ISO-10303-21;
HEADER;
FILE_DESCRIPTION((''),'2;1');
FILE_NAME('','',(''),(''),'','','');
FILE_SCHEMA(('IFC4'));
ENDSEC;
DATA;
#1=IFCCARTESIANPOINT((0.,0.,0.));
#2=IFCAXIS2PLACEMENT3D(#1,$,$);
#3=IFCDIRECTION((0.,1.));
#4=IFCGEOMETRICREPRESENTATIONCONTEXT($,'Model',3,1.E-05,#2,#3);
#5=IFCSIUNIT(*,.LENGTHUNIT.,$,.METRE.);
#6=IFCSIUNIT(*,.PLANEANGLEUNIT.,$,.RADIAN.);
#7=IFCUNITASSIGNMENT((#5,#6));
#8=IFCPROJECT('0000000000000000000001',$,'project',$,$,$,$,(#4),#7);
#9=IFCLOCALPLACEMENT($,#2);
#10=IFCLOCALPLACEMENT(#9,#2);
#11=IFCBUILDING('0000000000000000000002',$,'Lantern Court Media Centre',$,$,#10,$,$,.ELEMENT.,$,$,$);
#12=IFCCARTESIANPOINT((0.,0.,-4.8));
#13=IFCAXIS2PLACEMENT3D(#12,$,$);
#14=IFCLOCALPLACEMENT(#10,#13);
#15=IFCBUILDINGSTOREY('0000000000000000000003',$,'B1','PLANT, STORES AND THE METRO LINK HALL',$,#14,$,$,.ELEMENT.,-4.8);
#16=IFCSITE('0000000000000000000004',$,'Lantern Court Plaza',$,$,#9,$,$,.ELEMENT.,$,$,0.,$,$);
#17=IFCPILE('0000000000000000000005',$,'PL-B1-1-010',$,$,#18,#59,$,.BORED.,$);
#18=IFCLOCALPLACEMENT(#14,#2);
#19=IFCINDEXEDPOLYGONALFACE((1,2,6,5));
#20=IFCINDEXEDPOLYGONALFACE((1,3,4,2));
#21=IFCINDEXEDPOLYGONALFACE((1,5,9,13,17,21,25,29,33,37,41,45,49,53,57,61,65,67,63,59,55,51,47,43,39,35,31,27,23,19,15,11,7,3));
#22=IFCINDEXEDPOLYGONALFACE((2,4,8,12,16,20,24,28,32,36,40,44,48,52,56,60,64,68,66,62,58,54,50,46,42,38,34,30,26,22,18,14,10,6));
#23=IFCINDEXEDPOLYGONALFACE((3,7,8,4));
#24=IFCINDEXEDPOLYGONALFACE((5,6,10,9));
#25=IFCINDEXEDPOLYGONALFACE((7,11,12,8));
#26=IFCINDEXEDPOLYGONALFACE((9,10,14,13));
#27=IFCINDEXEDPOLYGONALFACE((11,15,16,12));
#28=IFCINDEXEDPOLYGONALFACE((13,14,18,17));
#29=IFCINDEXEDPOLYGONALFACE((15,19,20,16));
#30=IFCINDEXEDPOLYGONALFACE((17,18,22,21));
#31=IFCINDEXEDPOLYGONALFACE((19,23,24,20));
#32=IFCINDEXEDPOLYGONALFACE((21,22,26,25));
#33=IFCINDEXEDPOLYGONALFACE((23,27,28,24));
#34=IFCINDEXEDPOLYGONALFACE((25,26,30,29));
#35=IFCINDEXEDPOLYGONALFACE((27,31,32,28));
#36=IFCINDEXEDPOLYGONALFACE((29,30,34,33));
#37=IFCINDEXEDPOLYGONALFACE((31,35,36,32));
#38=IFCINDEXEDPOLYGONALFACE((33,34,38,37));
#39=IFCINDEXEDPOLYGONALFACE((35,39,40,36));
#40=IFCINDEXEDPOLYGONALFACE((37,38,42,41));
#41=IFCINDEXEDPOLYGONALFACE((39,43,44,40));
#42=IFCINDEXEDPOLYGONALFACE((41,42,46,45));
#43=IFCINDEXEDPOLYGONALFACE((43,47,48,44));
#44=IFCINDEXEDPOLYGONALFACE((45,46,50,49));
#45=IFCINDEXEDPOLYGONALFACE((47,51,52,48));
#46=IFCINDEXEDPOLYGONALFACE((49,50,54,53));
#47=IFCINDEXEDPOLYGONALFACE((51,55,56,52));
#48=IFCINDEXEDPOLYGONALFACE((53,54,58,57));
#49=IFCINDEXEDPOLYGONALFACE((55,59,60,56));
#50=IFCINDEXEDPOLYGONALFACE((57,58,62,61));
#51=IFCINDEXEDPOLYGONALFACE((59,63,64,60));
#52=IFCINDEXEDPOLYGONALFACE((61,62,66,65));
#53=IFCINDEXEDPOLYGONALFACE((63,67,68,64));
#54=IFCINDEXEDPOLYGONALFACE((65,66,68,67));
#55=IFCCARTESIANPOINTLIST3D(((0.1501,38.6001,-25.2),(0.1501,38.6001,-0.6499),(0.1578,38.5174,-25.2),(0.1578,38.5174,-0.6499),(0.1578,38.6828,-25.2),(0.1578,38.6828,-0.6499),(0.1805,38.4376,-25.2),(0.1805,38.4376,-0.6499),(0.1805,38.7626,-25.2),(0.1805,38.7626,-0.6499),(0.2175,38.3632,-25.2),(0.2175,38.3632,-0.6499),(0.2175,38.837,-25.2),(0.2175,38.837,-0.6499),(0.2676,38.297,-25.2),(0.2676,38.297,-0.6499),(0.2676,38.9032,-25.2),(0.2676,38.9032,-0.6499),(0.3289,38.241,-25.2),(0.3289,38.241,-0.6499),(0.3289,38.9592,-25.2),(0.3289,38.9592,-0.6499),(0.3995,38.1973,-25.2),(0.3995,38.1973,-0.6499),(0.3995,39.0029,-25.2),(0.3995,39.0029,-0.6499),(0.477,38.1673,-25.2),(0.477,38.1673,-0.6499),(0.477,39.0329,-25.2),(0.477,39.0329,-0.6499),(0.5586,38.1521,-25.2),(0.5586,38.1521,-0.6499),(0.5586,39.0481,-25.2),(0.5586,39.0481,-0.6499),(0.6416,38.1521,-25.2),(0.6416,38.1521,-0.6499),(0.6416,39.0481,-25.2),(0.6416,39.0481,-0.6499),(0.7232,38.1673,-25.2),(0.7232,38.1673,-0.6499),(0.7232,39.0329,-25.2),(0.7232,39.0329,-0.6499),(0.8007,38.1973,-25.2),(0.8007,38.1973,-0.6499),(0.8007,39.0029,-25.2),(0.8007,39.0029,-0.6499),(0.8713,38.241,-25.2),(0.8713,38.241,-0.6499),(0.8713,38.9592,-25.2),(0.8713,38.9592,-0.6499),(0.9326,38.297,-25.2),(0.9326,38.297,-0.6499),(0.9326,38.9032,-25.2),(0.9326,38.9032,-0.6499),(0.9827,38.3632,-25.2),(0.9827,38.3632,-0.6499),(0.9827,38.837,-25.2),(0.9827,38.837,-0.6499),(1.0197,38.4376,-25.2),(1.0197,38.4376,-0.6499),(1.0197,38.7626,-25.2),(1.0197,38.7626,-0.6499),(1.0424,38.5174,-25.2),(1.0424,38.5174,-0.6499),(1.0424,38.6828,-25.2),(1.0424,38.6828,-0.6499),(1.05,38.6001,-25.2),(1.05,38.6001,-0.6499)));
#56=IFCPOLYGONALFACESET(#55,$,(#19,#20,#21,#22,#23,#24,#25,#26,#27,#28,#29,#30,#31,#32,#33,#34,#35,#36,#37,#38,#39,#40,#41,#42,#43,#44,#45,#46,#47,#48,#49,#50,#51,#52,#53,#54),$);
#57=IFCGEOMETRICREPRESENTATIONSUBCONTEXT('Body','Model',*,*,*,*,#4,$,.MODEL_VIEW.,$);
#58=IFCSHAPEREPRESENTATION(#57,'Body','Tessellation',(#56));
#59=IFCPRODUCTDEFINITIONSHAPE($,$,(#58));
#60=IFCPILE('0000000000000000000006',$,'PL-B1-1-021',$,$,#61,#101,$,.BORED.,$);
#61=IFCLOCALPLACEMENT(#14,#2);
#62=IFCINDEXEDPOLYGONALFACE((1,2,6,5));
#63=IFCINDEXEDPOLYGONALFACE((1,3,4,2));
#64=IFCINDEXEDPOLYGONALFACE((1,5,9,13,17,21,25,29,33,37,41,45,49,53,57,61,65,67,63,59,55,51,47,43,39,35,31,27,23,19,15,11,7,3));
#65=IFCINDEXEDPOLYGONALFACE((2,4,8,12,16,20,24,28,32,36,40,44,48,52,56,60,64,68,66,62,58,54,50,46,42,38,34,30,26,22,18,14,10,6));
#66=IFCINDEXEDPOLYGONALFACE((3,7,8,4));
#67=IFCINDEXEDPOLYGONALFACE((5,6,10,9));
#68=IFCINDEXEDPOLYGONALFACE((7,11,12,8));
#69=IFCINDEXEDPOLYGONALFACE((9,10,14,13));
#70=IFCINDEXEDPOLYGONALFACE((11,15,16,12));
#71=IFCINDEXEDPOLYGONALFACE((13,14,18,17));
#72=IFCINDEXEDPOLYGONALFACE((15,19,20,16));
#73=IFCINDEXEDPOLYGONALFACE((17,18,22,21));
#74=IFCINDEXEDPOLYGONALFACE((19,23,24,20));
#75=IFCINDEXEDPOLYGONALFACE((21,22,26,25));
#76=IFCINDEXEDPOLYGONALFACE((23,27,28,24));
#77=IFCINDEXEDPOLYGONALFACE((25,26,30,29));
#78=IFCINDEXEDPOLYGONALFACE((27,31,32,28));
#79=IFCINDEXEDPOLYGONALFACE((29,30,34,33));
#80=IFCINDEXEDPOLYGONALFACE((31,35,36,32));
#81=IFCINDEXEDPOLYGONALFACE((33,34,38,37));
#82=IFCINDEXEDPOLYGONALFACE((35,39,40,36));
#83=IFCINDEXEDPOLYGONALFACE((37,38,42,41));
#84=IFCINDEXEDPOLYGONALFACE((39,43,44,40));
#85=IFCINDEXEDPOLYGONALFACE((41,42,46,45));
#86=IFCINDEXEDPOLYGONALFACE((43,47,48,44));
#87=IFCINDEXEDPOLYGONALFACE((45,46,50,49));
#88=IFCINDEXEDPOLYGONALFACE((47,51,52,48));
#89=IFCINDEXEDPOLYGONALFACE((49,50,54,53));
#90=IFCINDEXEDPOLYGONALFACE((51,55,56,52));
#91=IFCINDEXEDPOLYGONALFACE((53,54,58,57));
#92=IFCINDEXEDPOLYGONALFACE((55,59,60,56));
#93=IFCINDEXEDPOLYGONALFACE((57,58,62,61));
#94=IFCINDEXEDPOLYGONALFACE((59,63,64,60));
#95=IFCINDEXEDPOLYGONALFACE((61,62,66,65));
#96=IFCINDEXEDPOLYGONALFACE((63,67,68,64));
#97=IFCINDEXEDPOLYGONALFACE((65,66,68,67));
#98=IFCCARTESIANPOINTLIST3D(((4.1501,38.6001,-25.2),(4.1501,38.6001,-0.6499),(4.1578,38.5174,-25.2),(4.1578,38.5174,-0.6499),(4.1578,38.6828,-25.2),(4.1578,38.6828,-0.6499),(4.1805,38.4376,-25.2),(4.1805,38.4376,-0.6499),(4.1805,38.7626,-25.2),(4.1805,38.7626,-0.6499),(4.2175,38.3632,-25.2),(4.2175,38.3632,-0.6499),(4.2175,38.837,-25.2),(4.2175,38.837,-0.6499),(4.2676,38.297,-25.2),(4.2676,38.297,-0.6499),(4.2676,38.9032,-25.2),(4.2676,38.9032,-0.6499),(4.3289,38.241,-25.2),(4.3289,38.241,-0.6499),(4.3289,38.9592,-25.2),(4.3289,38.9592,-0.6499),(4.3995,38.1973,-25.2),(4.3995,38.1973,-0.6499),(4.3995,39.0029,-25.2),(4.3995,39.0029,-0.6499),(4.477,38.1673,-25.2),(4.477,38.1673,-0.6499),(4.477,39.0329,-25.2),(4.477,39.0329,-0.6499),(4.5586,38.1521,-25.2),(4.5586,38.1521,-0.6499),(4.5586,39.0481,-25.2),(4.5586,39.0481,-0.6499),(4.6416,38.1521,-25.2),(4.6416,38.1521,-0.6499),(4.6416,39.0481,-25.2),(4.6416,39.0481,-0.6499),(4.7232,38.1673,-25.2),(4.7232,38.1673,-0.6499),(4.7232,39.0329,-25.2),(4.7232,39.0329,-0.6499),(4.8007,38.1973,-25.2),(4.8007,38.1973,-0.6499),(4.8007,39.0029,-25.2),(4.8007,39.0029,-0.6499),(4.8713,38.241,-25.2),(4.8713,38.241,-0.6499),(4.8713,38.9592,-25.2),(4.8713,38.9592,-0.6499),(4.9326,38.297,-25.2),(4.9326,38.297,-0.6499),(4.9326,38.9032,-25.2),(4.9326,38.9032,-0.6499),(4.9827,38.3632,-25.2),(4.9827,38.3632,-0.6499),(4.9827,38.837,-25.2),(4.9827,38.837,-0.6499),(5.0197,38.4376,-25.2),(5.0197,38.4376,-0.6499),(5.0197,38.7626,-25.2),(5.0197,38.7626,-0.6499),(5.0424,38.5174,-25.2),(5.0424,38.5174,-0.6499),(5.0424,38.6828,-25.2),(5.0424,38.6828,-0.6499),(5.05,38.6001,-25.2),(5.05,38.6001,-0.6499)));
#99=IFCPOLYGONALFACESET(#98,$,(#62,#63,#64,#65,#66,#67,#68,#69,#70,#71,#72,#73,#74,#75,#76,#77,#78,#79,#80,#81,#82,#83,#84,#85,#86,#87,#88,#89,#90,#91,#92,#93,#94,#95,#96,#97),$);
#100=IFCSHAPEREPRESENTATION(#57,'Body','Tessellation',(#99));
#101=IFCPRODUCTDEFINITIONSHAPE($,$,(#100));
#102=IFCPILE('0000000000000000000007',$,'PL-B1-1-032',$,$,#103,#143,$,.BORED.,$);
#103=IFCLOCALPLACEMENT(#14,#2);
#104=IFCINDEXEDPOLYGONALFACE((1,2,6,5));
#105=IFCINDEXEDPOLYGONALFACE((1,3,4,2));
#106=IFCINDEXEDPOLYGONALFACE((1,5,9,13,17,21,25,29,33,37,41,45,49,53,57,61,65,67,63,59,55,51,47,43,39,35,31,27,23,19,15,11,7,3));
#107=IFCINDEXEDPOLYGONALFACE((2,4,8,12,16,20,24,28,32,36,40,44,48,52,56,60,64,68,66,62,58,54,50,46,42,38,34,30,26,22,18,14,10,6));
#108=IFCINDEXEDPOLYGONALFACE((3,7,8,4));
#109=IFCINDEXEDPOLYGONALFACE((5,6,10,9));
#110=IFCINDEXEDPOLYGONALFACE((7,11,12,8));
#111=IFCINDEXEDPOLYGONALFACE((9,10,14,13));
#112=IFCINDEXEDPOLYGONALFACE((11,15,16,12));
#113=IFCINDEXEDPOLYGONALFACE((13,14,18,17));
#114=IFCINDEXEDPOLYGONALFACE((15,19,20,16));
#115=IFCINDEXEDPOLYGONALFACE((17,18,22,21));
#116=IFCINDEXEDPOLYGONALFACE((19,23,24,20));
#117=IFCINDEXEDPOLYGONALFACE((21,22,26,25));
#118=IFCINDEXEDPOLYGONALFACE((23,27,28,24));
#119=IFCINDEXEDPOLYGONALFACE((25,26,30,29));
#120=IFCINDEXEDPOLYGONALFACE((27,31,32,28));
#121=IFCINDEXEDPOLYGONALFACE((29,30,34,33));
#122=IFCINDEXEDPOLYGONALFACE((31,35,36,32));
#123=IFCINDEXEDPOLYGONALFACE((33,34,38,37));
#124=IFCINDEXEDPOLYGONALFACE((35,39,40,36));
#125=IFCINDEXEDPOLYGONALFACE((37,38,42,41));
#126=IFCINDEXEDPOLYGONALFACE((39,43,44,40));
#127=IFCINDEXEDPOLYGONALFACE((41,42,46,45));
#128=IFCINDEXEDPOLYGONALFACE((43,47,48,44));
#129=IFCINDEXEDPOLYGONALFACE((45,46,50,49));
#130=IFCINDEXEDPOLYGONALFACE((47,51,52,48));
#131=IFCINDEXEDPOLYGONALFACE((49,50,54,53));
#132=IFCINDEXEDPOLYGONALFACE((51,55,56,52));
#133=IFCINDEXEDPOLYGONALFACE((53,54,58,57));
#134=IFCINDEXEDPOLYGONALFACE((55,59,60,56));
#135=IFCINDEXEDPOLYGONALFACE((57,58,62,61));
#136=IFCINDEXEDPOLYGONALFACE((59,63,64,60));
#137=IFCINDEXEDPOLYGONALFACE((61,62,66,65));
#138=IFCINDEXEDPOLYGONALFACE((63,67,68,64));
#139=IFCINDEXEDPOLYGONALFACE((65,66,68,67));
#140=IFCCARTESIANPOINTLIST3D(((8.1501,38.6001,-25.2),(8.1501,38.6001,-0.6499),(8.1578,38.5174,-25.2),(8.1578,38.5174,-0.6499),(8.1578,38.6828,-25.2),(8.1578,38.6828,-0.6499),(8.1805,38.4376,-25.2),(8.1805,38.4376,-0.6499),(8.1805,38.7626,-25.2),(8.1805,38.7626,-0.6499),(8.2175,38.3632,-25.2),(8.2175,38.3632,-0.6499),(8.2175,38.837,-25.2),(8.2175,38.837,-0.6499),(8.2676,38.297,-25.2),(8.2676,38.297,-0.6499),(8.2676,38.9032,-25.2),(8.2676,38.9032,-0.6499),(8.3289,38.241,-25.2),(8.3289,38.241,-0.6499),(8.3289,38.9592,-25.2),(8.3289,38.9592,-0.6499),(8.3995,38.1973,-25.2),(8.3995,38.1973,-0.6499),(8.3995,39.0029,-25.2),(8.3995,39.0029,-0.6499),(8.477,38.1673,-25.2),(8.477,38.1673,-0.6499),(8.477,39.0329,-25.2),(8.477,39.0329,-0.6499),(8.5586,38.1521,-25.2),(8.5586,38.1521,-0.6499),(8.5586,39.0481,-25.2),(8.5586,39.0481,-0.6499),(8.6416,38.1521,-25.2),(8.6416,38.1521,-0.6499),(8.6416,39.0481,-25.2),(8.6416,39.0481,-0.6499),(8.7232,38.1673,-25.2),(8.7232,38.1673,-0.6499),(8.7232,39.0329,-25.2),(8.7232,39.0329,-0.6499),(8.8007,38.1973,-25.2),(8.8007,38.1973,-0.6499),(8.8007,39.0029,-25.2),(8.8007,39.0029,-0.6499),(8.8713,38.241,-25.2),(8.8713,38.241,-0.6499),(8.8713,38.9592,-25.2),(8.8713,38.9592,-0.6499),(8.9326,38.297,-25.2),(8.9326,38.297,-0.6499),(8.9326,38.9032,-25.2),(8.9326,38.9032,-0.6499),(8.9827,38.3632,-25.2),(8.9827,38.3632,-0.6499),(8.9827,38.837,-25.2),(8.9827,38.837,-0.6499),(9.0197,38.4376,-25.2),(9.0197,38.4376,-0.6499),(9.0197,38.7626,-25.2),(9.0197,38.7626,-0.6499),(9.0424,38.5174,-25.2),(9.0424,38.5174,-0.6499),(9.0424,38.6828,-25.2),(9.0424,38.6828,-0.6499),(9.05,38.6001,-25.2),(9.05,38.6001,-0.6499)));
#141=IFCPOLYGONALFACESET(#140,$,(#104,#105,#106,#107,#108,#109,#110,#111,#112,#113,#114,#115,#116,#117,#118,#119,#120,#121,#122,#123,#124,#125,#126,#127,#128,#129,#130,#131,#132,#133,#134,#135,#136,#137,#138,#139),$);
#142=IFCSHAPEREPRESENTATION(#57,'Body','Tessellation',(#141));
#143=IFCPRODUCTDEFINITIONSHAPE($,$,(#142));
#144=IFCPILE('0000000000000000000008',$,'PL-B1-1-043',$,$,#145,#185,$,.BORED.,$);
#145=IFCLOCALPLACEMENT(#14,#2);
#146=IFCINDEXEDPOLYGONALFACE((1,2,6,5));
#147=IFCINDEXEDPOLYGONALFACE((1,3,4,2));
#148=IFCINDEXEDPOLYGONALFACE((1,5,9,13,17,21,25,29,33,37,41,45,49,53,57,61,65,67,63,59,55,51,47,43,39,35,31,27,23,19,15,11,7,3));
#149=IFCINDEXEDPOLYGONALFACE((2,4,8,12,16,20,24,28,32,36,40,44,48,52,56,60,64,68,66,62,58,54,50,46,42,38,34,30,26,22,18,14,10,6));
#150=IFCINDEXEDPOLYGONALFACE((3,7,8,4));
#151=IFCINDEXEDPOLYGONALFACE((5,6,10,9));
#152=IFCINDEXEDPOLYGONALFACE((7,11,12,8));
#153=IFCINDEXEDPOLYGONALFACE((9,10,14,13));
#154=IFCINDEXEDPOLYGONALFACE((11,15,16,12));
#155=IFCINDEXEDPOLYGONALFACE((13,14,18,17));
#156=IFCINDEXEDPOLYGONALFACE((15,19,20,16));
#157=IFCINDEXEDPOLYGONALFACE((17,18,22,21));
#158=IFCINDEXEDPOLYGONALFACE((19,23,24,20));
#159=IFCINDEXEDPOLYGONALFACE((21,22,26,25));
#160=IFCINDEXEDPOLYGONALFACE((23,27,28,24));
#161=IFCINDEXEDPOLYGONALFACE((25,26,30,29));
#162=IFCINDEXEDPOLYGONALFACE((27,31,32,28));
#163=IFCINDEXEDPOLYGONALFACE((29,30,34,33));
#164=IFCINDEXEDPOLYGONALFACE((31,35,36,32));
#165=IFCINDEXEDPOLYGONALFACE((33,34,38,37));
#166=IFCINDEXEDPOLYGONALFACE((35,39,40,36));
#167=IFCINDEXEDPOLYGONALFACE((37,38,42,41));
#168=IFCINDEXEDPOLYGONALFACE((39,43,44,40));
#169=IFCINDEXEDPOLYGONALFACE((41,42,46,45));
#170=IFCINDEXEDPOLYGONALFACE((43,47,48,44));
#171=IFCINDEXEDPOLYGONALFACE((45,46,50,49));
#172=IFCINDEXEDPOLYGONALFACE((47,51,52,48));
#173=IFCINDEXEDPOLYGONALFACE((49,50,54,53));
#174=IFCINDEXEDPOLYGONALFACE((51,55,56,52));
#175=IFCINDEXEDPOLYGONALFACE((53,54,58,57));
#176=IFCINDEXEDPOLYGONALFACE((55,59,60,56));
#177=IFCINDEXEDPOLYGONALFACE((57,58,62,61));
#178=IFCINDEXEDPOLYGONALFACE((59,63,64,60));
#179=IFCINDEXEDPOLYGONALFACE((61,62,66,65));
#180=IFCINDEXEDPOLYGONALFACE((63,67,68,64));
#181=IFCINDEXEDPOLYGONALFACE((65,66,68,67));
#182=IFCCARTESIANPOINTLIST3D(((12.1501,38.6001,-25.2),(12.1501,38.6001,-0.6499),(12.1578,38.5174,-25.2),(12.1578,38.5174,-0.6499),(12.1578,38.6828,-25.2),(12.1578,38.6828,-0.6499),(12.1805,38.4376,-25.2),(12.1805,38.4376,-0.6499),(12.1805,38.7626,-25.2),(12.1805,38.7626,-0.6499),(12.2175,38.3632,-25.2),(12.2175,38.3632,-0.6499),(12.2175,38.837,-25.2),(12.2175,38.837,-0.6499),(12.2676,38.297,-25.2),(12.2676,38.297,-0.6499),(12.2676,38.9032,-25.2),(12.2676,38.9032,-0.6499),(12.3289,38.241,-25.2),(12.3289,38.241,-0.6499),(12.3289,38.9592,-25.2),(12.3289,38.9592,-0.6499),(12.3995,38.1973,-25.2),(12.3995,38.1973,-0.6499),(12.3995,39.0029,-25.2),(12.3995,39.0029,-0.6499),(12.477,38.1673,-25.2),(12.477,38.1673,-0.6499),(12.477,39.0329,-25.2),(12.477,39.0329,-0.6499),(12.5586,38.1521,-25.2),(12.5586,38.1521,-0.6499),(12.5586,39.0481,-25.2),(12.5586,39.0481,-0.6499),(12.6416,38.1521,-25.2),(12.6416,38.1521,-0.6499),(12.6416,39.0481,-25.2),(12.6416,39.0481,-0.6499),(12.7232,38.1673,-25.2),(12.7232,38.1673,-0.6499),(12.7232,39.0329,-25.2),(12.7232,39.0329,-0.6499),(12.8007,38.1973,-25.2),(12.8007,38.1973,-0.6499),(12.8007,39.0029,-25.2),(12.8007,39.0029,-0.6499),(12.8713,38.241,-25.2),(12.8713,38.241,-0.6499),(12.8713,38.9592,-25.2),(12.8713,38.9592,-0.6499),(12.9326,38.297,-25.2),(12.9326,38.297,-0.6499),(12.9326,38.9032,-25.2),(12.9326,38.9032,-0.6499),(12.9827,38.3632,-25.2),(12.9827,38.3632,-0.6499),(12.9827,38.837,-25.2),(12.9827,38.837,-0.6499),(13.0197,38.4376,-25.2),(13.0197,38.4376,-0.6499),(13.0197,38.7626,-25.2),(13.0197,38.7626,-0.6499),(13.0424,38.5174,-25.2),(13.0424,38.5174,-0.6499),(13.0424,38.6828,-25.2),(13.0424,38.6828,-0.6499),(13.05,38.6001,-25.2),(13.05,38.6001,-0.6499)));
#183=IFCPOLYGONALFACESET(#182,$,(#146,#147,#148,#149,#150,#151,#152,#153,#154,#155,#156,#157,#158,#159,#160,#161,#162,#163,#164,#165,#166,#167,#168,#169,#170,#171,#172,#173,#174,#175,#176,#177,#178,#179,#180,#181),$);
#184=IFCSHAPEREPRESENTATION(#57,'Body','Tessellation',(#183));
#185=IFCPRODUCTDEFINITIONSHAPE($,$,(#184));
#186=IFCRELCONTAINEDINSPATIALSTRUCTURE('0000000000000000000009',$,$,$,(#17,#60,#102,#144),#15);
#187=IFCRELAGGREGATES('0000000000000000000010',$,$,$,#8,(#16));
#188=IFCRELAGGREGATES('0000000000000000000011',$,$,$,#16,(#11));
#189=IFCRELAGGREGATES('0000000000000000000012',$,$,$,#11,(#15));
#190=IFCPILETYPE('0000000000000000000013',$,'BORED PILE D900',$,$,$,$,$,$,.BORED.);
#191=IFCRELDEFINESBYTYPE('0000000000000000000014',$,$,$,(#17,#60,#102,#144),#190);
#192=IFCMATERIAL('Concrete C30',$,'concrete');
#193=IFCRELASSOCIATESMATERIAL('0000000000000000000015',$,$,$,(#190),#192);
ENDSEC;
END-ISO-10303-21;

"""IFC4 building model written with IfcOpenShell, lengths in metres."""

from ifc_helpers import new_model, si_unit, direction, frame, origin, origin_2d, place, context, subcontext, project, spatial, circle, extrude, material, material_profile, profile_set, type_object, element, save


model = new_model("IFC4")

# Units and contexts
model_context = context("Model", 3, precision=1e-05, world=origin(), true_north=direction((0.0, 1.0)))
body_context = subcontext(model_context, "Body", "Model", "MODEL_VIEW")
ifc_project = project(units=[si_unit("LENGTHUNIT", "METRE"), si_unit("PLANEANGLEUNIT", "RADIAN")], contexts=[model_context])

# Site, building, storey
site_placement = place(None, origin())
site = spatial("IfcSite", under=ifc_project, at=site_placement, Name="Lantern Court Plaza", CompositionType="ELEMENT", RefElevation=0.0)
building_placement = place(site_placement, origin())
building = spatial("IfcBuilding", under=site, at=building_placement, Name="Lantern Court Media Centre", CompositionType="ELEMENT")
storey_placement = place(building_placement, frame((0.0, 0.0, -4.8)))
storey = spatial("IfcBuildingStorey", under=building, at=storey_placement, Name="B1", Description="PLANT, STORES AND THE METRO LINK HALL", CompositionType="ELEMENT", Elevation=-4.8)

# Piles
ifc_material_1 = material(Name="Concrete C30", Category="concrete")
ifc_material_profile_1 = material_profile(ifc_material_1, circle(Radius=0.45, at=origin_2d()), Name="D900")
ifc_profile_set_1 = profile_set([ifc_material_profile_1], Name="Concrete C30")
pile_type = type_object("IfcPileType", Name="BORED PILE D900", PredefinedType="BORED", material=ifc_profile_set_1)
for number, where, z_axis, x_axis, name in (
    (1, (0.6001, 38.6001, -0.6499), (0.0, 0.0, -1.0), (1.0, 0.0, 0.0), "PL-B1-1-010"),
    (2, (4.6001, 38.6001, -0.6499), (0.0, 0.0, -1.0), (1.0, 0.0, 0.0), "PL-B1-1-021"),
    (3, (8.6001, 38.6001, -0.6499), (0.0, 0.0, -1.0), (1.0, 0.0, 0.0), "PL-B1-1-032"),
    (4, (12.6001, 38.6001, -0.6499), (0.0, 0.0, -1.0), (1.0, 0.0, 0.0), "PL-B1-1-043"),
):
    element("IfcPile", number, at=place(storey_placement, frame(where, z_axis=z_axis, x_axis=x_axis)), inside=storey, type_object=pile_type, Name=name, PredefinedType="BORED", context=body_context, shape_type="SweptSolid", body=[
        extrude(circle(Radius=0.45, at=origin_2d()), origin(), (0.0, 0.0, 1.0), 24.55),
    ])

save(model, "model.ifc")
